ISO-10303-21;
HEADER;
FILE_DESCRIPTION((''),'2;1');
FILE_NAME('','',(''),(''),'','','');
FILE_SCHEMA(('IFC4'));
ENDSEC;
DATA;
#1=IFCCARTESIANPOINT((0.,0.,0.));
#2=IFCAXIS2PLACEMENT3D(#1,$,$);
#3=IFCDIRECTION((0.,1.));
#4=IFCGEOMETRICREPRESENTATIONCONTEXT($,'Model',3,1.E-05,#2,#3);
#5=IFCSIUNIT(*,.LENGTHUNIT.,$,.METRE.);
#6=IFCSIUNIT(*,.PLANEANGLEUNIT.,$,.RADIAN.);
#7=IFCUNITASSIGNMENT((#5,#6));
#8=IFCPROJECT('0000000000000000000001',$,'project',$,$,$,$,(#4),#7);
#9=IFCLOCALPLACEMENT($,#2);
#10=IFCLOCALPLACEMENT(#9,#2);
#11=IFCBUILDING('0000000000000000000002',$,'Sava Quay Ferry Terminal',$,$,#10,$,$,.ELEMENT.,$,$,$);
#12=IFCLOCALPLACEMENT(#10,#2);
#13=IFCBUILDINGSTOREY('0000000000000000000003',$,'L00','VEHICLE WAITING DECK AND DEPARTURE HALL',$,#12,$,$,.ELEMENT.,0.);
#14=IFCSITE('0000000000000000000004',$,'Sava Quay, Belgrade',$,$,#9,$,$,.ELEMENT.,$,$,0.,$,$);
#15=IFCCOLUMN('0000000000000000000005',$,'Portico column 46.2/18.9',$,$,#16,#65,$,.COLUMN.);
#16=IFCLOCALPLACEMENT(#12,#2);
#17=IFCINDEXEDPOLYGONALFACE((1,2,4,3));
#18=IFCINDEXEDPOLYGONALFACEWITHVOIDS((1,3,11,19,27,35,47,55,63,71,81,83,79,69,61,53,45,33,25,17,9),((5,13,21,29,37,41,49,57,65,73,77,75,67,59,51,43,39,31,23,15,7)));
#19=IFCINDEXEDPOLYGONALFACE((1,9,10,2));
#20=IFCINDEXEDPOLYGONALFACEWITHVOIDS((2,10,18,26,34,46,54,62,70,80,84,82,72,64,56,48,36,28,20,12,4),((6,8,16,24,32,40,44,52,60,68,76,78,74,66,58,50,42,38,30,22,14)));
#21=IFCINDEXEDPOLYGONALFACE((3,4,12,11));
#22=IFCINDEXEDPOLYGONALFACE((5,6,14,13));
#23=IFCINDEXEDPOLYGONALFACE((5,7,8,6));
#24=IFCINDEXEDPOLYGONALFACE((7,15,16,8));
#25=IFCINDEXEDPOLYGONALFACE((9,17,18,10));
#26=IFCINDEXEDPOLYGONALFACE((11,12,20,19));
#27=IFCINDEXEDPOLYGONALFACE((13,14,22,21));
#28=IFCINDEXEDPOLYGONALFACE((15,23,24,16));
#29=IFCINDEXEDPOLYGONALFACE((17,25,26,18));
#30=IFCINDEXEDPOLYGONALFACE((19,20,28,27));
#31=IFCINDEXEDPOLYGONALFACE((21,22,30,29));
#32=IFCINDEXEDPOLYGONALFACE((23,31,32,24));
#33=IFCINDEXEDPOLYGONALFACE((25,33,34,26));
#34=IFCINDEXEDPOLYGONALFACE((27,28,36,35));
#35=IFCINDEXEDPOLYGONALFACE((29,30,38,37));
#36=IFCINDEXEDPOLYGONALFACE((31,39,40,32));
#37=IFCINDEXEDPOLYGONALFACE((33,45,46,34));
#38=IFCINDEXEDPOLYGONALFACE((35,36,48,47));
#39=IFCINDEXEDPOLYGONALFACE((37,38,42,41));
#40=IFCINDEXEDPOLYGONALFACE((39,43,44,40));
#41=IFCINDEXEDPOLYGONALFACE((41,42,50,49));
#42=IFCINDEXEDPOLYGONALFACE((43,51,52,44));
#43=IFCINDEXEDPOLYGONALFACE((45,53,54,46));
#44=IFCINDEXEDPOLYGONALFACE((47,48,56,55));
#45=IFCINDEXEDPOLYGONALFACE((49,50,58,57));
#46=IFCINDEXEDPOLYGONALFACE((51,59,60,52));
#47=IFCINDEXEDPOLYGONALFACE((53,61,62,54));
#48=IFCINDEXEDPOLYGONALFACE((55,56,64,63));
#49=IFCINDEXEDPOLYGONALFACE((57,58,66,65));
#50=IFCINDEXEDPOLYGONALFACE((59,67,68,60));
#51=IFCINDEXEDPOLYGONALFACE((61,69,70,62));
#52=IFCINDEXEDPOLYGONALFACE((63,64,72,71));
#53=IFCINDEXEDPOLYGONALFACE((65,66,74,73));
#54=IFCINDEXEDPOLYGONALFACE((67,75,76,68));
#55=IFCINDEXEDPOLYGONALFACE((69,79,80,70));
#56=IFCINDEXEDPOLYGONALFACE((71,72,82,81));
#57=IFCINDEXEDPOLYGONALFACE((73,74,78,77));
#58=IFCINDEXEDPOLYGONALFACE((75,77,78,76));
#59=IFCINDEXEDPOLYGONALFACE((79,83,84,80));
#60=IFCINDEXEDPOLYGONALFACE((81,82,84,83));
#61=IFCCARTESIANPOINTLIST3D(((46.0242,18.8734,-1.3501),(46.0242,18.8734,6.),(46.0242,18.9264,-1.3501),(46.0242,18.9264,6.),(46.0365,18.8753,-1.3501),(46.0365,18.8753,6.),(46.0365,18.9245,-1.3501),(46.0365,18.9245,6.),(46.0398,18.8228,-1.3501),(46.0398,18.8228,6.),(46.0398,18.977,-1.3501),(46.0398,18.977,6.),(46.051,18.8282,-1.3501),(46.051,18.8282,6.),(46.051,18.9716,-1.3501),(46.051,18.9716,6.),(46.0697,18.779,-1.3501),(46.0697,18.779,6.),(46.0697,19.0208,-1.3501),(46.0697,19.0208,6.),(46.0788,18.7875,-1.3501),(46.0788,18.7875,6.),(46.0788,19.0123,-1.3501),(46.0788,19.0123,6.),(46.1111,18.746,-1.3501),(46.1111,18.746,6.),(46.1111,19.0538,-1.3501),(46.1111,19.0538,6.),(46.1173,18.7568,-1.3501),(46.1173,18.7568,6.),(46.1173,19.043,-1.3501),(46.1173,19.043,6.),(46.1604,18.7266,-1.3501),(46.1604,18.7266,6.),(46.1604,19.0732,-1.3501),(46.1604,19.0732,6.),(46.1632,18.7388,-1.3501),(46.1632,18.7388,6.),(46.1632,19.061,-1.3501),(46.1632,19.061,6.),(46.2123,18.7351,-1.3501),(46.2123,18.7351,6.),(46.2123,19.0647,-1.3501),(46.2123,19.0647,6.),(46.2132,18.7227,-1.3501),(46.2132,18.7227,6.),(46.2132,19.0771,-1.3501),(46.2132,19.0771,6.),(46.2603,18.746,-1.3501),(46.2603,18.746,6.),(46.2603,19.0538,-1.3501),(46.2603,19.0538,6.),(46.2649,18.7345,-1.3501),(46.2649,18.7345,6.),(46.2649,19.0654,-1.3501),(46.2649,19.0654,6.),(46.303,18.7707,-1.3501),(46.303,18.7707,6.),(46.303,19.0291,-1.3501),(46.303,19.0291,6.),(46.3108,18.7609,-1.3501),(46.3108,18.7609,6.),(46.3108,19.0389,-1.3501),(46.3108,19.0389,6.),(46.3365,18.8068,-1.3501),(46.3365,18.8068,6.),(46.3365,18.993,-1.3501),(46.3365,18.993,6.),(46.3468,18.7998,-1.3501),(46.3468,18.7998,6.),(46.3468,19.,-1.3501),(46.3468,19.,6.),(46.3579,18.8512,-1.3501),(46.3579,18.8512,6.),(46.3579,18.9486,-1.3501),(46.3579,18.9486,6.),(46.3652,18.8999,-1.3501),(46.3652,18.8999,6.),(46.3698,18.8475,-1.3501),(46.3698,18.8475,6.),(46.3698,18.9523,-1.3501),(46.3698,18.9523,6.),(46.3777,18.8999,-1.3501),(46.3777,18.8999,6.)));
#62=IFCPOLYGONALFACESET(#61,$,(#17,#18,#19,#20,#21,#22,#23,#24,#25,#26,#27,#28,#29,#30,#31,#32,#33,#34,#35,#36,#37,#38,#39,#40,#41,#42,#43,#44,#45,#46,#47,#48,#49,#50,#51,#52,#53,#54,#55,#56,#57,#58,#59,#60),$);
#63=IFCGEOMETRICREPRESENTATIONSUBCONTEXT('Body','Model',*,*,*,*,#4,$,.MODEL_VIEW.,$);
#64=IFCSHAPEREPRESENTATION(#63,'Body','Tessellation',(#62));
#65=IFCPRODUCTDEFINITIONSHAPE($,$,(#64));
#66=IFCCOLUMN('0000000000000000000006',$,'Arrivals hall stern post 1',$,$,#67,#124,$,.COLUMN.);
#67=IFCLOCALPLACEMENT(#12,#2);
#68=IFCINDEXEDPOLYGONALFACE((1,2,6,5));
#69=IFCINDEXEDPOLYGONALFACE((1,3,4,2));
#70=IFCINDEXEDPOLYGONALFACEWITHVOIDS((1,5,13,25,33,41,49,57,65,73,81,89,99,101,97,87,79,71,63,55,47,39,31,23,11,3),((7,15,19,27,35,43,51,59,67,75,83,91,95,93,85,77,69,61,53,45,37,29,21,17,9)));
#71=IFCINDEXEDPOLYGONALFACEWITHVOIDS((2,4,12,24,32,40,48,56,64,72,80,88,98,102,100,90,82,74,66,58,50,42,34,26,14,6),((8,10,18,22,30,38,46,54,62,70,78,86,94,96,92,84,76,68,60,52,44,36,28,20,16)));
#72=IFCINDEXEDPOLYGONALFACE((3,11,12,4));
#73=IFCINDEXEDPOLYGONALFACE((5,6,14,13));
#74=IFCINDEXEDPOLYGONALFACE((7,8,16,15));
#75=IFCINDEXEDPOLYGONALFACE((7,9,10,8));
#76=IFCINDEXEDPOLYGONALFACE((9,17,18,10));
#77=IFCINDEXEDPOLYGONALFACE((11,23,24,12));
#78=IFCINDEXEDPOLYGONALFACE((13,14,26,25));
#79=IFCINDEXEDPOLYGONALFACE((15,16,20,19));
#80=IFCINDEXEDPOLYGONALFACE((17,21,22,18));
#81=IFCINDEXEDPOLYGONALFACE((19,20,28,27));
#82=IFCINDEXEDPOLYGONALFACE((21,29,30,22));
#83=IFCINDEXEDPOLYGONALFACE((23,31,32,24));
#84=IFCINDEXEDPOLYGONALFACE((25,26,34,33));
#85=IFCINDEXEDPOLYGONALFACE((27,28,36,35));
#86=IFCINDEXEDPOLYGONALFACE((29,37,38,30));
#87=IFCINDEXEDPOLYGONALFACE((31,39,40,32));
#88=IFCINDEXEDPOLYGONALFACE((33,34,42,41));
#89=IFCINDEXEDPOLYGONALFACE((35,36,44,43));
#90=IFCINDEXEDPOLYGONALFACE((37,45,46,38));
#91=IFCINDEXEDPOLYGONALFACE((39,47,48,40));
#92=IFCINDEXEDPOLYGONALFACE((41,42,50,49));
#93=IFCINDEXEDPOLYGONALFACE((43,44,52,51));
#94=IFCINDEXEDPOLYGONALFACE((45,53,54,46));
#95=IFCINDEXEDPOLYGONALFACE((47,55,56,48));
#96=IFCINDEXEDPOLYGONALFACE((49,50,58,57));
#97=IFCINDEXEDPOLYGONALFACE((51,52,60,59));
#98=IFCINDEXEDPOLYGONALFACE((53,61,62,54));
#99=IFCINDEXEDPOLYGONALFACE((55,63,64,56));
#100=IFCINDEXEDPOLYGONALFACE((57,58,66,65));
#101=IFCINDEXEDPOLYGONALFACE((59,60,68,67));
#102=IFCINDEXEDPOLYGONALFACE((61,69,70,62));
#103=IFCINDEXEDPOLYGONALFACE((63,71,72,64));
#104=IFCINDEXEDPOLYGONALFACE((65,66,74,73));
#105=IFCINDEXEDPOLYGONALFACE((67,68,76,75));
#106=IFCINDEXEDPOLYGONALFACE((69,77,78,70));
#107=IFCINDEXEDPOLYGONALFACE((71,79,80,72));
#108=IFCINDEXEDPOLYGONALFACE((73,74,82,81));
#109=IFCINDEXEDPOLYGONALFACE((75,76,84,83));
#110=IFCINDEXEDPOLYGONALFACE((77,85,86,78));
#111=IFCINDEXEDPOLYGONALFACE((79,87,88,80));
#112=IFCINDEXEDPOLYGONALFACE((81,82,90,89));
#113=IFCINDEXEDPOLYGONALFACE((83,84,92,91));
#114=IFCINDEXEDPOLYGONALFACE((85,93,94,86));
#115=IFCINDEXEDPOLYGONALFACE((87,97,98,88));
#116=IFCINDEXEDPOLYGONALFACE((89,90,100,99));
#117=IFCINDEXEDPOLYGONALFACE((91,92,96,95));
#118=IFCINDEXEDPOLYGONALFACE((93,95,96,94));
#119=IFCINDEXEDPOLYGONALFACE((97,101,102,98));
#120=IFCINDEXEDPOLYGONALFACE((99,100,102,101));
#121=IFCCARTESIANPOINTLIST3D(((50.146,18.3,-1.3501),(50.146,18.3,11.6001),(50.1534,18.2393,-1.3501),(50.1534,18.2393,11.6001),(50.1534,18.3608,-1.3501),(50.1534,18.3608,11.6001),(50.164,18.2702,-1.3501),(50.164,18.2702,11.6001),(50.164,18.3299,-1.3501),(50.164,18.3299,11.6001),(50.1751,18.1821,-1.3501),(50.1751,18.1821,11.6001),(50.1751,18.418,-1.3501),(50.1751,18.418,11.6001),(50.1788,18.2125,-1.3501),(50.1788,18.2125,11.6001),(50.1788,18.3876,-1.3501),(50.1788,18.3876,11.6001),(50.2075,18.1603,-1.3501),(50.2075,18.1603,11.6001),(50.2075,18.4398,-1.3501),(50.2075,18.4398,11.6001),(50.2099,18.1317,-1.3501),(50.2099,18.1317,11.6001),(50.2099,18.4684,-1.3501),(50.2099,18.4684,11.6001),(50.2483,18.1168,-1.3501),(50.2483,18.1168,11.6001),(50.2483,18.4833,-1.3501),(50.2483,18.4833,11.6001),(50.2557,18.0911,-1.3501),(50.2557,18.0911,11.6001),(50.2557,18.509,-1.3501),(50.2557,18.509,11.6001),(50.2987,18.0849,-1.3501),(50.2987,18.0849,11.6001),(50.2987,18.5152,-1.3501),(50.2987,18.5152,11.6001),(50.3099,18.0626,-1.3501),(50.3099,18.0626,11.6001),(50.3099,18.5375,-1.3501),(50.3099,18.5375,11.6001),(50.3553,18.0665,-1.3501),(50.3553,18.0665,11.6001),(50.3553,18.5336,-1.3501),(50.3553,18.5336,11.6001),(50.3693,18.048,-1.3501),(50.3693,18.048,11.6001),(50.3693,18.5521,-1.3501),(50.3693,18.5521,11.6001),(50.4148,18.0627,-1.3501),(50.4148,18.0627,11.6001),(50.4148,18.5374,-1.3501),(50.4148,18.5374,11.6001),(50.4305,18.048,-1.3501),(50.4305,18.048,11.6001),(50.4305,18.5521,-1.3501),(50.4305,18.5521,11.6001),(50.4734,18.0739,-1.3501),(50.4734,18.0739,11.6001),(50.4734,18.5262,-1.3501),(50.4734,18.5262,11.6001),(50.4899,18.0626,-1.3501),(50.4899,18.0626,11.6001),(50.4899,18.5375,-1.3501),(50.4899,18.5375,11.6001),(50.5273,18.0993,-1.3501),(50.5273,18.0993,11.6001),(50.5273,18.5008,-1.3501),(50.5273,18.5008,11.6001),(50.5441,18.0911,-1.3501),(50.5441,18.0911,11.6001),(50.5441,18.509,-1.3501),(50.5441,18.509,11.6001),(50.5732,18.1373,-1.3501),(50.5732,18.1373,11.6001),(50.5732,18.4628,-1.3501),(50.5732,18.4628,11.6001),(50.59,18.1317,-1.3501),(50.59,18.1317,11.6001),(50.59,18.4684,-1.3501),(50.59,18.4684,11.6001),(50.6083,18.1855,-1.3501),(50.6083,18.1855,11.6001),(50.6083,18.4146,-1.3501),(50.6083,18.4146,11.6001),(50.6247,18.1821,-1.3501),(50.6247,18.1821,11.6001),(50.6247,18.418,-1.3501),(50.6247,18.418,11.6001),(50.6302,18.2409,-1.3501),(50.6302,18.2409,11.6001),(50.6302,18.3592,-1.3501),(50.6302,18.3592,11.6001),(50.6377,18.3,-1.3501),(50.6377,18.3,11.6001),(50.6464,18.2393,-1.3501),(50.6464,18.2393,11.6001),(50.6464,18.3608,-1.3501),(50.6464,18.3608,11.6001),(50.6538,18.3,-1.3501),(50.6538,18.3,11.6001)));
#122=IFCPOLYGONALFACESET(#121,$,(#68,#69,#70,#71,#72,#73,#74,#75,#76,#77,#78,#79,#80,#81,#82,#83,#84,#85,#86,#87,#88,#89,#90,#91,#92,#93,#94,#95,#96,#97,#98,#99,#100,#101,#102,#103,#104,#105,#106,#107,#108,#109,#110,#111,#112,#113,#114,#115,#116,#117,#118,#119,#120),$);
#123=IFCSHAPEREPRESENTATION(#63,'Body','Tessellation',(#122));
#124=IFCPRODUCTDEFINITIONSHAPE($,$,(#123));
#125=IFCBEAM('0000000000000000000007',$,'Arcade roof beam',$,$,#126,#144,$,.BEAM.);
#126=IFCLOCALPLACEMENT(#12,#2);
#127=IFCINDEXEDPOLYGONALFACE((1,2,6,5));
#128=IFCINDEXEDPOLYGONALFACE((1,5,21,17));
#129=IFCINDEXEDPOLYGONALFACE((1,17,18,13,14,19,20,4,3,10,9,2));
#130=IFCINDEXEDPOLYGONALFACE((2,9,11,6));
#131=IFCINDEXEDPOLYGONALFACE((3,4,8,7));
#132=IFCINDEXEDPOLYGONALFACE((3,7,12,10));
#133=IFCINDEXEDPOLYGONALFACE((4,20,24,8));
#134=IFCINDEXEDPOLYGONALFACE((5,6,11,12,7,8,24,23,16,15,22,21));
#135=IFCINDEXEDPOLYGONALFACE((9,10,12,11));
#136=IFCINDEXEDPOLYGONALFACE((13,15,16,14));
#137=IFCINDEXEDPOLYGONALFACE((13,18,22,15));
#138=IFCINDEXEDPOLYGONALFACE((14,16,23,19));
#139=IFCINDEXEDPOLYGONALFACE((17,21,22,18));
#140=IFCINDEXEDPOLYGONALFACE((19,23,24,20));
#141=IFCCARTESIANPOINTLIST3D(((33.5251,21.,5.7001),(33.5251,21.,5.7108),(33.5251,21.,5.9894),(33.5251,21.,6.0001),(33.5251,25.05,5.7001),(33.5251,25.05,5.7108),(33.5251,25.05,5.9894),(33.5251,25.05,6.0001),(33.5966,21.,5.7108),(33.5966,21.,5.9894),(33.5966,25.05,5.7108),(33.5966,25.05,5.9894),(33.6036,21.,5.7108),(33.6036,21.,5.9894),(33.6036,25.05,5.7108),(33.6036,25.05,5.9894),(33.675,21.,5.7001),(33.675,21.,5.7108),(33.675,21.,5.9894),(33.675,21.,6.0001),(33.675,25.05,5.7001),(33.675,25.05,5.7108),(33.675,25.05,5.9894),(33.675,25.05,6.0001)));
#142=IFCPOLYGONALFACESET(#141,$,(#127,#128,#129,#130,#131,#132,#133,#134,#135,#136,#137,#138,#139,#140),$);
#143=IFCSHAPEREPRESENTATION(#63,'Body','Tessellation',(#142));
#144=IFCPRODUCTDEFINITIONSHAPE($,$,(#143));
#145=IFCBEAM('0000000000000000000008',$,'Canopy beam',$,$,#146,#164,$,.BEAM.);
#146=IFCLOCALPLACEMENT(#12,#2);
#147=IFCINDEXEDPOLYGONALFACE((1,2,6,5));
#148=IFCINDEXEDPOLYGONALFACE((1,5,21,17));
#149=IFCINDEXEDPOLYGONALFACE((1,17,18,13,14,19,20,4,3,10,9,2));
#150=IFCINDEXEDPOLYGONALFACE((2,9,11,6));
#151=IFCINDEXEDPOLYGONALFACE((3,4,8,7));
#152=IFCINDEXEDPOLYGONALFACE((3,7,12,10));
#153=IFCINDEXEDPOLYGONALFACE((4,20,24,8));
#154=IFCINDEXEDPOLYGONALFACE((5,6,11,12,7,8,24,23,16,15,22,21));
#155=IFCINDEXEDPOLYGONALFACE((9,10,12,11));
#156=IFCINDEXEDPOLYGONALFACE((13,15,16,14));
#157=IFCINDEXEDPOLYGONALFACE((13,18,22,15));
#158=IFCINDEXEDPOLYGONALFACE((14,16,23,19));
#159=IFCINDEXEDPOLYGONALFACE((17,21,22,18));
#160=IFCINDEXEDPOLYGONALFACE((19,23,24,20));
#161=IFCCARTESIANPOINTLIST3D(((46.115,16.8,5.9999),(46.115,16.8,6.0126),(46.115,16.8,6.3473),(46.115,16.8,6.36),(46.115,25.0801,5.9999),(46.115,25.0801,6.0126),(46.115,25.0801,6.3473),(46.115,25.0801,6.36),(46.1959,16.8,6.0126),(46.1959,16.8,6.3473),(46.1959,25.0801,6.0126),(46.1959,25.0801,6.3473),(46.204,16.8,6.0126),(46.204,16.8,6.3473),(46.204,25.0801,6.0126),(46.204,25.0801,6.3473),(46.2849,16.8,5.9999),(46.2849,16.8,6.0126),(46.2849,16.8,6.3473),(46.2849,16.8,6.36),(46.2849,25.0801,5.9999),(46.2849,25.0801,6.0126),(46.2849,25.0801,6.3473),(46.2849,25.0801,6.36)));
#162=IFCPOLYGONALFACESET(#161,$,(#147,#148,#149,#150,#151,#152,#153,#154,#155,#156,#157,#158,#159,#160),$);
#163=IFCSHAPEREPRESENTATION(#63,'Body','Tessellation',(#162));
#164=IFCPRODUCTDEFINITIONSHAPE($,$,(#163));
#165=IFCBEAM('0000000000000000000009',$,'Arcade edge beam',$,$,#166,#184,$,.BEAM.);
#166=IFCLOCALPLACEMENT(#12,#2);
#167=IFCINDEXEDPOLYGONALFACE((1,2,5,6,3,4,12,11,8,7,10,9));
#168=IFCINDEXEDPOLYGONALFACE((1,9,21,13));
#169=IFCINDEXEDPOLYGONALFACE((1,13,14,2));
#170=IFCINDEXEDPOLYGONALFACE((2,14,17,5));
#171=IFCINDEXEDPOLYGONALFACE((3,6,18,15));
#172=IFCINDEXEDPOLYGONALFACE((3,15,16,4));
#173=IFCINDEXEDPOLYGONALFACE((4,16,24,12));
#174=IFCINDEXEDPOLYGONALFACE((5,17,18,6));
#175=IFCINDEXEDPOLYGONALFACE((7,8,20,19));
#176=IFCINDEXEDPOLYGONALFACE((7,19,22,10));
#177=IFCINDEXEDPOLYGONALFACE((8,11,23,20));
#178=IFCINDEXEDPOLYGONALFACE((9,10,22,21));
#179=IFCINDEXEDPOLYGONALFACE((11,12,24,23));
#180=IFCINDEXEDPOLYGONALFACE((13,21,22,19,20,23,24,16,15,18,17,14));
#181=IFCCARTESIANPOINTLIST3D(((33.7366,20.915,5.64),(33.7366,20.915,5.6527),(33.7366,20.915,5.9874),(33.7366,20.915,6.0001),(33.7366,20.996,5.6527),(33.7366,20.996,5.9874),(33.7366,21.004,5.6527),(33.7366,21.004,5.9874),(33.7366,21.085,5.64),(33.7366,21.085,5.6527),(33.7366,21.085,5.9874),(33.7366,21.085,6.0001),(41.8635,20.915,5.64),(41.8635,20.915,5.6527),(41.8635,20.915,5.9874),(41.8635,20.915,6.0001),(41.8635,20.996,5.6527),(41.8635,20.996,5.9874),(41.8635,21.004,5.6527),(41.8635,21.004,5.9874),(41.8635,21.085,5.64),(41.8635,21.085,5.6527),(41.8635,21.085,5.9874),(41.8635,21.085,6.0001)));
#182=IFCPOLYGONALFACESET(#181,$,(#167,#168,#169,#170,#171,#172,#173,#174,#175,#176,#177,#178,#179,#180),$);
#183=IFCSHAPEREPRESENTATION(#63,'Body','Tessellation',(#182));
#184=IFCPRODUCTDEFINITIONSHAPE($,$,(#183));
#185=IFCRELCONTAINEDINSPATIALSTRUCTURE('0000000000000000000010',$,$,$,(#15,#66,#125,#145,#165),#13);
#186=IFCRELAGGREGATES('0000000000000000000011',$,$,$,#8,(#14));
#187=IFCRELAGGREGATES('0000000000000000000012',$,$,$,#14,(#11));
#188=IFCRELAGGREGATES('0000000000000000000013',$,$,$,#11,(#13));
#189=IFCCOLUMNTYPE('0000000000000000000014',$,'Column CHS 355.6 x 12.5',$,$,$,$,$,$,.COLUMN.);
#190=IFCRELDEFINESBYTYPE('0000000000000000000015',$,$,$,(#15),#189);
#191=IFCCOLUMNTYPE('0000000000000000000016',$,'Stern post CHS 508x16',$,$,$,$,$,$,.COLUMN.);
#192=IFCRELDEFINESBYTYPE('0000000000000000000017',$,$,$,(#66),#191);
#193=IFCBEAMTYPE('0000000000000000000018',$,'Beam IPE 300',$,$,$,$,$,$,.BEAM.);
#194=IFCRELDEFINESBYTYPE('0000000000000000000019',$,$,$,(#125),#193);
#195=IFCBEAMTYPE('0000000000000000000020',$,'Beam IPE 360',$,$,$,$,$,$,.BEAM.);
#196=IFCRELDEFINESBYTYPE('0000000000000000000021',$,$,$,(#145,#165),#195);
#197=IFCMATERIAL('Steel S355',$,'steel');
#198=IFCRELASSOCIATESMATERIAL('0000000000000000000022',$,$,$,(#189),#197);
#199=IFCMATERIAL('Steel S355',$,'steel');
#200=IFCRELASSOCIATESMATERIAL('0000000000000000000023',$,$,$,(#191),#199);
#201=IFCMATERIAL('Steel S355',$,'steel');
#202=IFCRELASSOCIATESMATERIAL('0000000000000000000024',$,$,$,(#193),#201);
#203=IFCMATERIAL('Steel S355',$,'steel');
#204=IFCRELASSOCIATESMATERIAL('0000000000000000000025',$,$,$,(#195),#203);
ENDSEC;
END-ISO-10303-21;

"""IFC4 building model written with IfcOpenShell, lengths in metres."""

from ifc_helpers import new_model, si_unit, direction, frame, origin, origin_2d, place, context, subcontext, project, spatial, hollow_circle, i_section, extrude, material, material_profile, profile_set, type_object, element, save


model = new_model("IFC4")

# Units and contexts
model_context = context("Model", 3, precision=1e-05, world=origin(), true_north=direction((0.0, 1.0)))
body_context = subcontext(model_context, "Body", "Model", "MODEL_VIEW")
ifc_project = project(units=[si_unit("LENGTHUNIT", "METRE"), si_unit("PLANEANGLEUNIT", "RADIAN")], contexts=[model_context])

# Site, building, storey
site_placement = place(None, origin())
site = spatial("IfcSite", under=ifc_project, at=site_placement, Name="Sava Quay, Belgrade", CompositionType="ELEMENT", RefElevation=0.0)
building_placement = place(site_placement, origin())
building = spatial("IfcBuilding", under=site, at=building_placement, Name="Sava Quay Ferry Terminal", CompositionType="ELEMENT")
storey_placement = place(building_placement, origin())
storey = spatial("IfcBuildingStorey", under=building, at=storey_placement, Name="L00", Description="VEHICLE WAITING DECK AND DEPARTURE HALL", CompositionType="ELEMENT", Elevation=0.0)

# Columns
ifc_material_1 = material(Name="Steel S355", Category="steel")
ifc_material_profile_1 = material_profile(ifc_material_1, hollow_circle(Radius=0.1777, WallThickness=0.0125, at=origin_2d()), Name="CHS 355.6 x 12.5")
ifc_profile_set_1 = profile_set([ifc_material_profile_1], Name="Steel S355")
column_type_1 = type_object("IfcColumnType", Name="Column CHS 355.6 x 12.5", PredefinedType="COLUMN", material=ifc_profile_set_1)
column_1_placement = place(storey_placement, frame((46.2, 18.8999, -1.3501), z_axis=(0.0, 0.0, 1.0), x_axis=(1.0, 0.0, 0.0)))
element("IfcColumn", 1, at=column_1_placement, inside=storey, type_object=column_type_1, Name="Portico column 46.2/18.9", PredefinedType="COLUMN", context=body_context, shape_type="SweptSolid", body=[
    extrude(hollow_circle(Radius=0.1777, WallThickness=0.0125, at=origin_2d()), origin(), (0.0, 0.0, 1.0), 7.3501),
])
ifc_material_2 = material(Name="Steel S355", Category="steel")
ifc_material_profile_2 = material_profile(ifc_material_2, hollow_circle(Radius=0.2539, WallThickness=0.0161, at=origin_2d()), Name="CHS 508 x 16.0")
ifc_profile_set_2 = profile_set([ifc_material_profile_2], Name="Steel S355")
column_type_2 = type_object("IfcColumnType", Name="Stern post CHS 508x16", PredefinedType="COLUMN", material=ifc_profile_set_2)
column_2_placement = place(storey_placement, frame((50.3999, 18.3, -1.3501), z_axis=(0.0, 0.0, 1.0), x_axis=(1.0, 0.0, 0.0)))
element("IfcColumn", 2, at=column_2_placement, inside=storey, type_object=column_type_2, Name="Arrivals hall stern post 1", PredefinedType="COLUMN", context=body_context, shape_type="SweptSolid", body=[
    extrude(hollow_circle(Radius=0.2539, WallThickness=0.0161, at=origin_2d()), origin(), (0.0, 0.0, 1.0), 12.9502),
])

# Beams
ifc_material_3 = material(Name="Steel S355", Category="steel")
ifc_material_profile_3 = material_profile(ifc_material_3, i_section(OverallWidth=0.1499, OverallDepth=0.3, WebThickness=0.0071, FlangeThickness=0.0107, at=origin_2d()), Name="IPE 300")
ifc_profile_set_3 = profile_set([ifc_material_profile_3], Name="Steel S355")
beam_type_1 = type_object("IfcBeamType", Name="Beam IPE 300", PredefinedType="BEAM", material=ifc_profile_set_3)
beam_1_placement = place(storey_placement, frame((33.6001, 21.0, 5.8501), z_axis=(0.0, 1.0, 0.0), x_axis=(-1.0, 0.0, 0.0)))
element("IfcBeam", 3, at=beam_1_placement, inside=storey, type_object=beam_type_1, Name="Arcade roof beam", PredefinedType="BEAM", context=body_context, shape_type="SweptSolid", body=[
    extrude(i_section(OverallWidth=0.1499, OverallDepth=0.3, WebThickness=0.0071, FlangeThickness=0.0107, at=origin_2d()), origin(), (0.0, 0.0, 1.0), 4.05),
])
ifc_material_4 = material(Name="Steel S355", Category="steel")
ifc_material_profile_4 = material_profile(ifc_material_4, i_section(OverallWidth=0.1699, OverallDepth=0.3601, WebThickness=0.0081, FlangeThickness=0.0127, at=origin_2d()), Name="IPE 360")
ifc_profile_set_4 = profile_set([ifc_material_profile_4], Name="Steel S355")
beam_type_2 = type_object("IfcBeamType", Name="Beam IPE 360", PredefinedType="BEAM", material=ifc_profile_set_4)
beam_2_placement = place(storey_placement, frame((46.2, 16.8, 6.1799), z_axis=(0.0, 1.0, 0.0), x_axis=(-1.0, 0.0, 0.0)))
element("IfcBeam", 4, at=beam_2_placement, inside=storey, type_object=beam_type_2, Name="Canopy beam", PredefinedType="BEAM", context=body_context, shape_type="SweptSolid", body=[
    extrude(i_section(OverallWidth=0.1699, OverallDepth=0.3601, WebThickness=0.0081, FlangeThickness=0.0127, at=origin_2d()), origin(), (0.0, 0.0, 1.0), 8.28),
])
beam_3_placement = place(storey_placement, frame((33.7366, 21.0, 5.8201), z_axis=(1.0, 0.0, 0.0), x_axis=(0.0, 1.0, 0.0)))
element("IfcBeam", 5, at=beam_3_placement, inside=storey, type_object=beam_type_2, Name="Arcade edge beam", PredefinedType="BEAM", context=body_context, shape_type="SweptSolid", body=[
    extrude(i_section(OverallWidth=0.1699, OverallDepth=0.3601, WebThickness=0.0081, FlangeThickness=0.0127, at=origin_2d()), origin(), (0.0, 0.0, 1.0), 8.127),
])

save(model, "model.ifc")
